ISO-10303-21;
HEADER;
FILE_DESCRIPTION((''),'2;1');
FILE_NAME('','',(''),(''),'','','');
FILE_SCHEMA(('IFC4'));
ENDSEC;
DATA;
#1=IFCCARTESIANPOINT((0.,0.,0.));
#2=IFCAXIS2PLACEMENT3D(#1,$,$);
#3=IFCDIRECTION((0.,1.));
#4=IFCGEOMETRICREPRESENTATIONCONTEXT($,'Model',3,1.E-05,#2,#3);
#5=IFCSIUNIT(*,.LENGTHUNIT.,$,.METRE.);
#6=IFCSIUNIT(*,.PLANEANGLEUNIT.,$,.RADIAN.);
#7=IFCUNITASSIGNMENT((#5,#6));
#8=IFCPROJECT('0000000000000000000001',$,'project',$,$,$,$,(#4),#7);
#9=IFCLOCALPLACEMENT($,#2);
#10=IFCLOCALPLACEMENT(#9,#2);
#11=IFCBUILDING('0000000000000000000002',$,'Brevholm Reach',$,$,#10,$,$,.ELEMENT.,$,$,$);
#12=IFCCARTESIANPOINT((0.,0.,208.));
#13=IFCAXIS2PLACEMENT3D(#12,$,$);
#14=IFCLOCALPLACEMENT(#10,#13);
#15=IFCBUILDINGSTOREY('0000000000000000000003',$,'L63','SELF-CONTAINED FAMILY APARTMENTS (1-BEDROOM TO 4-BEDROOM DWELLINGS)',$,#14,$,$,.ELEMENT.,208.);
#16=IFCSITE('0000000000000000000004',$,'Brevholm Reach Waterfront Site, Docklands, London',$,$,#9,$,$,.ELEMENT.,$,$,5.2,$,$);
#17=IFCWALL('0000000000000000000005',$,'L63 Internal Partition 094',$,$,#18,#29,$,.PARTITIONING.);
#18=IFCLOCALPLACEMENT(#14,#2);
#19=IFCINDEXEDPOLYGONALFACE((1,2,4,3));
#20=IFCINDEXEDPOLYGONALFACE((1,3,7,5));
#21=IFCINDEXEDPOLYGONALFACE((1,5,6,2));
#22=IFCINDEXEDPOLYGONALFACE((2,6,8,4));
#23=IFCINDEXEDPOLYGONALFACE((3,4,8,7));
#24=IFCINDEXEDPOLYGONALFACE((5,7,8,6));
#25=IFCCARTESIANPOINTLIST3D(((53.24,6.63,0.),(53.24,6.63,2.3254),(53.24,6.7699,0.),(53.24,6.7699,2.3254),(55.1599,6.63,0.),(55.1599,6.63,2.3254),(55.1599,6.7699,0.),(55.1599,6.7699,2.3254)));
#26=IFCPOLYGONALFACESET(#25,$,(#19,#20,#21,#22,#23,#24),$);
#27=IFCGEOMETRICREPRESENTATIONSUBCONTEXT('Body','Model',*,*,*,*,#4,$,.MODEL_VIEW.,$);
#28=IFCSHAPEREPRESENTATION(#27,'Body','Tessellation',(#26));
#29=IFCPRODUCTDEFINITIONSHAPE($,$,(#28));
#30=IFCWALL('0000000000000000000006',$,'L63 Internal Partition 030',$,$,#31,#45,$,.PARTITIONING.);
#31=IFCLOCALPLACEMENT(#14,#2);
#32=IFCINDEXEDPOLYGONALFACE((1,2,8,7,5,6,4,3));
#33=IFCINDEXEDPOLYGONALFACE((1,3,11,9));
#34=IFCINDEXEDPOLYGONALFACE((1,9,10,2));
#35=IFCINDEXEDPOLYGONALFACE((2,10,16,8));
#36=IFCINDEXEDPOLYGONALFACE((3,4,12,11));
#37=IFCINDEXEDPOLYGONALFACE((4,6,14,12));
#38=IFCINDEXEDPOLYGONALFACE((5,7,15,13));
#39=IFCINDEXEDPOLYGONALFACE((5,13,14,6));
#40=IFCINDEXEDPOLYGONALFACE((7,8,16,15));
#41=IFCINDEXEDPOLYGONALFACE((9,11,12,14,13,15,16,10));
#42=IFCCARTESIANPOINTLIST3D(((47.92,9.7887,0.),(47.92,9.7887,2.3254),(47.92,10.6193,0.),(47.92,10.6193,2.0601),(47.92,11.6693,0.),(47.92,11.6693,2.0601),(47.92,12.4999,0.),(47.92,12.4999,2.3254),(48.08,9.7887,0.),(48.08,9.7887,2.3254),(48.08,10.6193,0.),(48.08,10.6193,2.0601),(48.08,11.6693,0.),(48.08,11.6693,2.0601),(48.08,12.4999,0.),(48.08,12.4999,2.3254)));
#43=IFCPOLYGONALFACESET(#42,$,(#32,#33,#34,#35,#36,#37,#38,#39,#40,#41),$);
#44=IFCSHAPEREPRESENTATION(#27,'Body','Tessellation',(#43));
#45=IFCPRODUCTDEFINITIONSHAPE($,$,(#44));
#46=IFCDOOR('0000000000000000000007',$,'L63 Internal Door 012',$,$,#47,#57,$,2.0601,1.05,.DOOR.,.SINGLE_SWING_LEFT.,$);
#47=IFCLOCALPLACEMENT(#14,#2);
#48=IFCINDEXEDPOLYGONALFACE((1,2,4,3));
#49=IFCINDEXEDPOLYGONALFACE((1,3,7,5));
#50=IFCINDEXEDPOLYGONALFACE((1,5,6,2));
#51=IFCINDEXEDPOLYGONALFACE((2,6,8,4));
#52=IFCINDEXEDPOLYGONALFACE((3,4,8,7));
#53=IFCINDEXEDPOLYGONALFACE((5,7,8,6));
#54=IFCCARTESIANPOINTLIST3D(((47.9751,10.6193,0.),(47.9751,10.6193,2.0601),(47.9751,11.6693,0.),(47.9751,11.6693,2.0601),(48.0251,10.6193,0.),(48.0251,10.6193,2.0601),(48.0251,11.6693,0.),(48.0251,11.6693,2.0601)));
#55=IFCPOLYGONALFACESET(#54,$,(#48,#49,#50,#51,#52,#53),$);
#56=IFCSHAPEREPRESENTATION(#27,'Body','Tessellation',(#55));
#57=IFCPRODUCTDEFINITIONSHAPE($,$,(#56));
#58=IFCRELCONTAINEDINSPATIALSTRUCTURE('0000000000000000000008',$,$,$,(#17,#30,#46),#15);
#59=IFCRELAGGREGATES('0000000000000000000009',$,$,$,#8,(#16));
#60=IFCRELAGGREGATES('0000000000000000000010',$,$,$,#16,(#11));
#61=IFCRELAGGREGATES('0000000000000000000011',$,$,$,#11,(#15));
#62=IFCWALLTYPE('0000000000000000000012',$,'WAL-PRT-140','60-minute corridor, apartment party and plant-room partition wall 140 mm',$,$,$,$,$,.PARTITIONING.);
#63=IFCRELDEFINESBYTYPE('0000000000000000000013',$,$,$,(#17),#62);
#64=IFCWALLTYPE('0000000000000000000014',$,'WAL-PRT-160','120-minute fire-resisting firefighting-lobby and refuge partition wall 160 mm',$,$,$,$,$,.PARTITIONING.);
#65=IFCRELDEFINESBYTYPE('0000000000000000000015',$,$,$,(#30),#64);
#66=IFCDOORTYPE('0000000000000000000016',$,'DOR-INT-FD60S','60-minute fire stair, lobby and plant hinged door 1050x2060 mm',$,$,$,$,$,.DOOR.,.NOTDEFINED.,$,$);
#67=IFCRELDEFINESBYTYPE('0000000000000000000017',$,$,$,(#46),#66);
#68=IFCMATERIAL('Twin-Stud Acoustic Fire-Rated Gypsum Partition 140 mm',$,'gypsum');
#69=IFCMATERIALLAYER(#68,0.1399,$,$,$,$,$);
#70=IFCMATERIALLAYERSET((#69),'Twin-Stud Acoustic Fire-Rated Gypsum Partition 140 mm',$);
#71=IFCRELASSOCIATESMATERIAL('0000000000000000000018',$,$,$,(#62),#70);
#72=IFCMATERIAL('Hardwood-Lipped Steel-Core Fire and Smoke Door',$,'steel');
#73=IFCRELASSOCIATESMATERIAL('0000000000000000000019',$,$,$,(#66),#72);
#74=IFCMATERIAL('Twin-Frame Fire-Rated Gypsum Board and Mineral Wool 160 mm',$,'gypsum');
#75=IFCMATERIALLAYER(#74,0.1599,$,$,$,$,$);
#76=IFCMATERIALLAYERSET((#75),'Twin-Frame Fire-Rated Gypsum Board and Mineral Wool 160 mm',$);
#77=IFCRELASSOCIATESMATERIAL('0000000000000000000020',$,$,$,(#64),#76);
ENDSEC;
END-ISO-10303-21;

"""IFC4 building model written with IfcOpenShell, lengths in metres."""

from ifc_helpers import new_model, si_unit, direction, frame, frame_2d, origin, place, context, subcontext, project, spatial, rectangle, extrude, material, layer, layer_set, type_object, element, fill, save


model = new_model("IFC4")

# Units and contexts
model_context = context("Model", 3, precision=1e-05, world=origin(), true_north=direction((0.0, 1.0)))
body_context = subcontext(model_context, "Body", "Model", "MODEL_VIEW")
ifc_project = project(units=[si_unit("LENGTHUNIT", "METRE"), si_unit("PLANEANGLEUNIT", "RADIAN")], contexts=[model_context])

# Site, building, storey
site_placement = place(None, origin())
site = spatial("IfcSite", under=ifc_project, at=site_placement, Name="Brevholm Reach Waterfront Site, Docklands, London", CompositionType="ELEMENT", RefElevation=5.2)
building_placement = place(site_placement, origin())
building = spatial("IfcBuilding", under=site, at=building_placement, Name="Brevholm Reach", CompositionType="ELEMENT")
storey_placement = place(building_placement, frame((0.0, 0.0, 208.0)))
storey = spatial("IfcBuildingStorey", under=building, at=storey_placement, Name="L63", Description="SELF-CONTAINED FAMILY APARTMENTS (1-BEDROOM TO 4-BEDROOM DWELLINGS)", CompositionType="ELEMENT", Elevation=208.0)

# Shared definitions
ifc_material_1 = material(Name="Twin-Stud Acoustic Fire-Rated Gypsum Partition 140 mm", Category="gypsum")
ifc_layer_1 = layer(ifc_material_1, 0.1399)
ifc_layer_set_1 = layer_set([ifc_layer_1], Name="Twin-Stud Acoustic Fire-Rated Gypsum Partition 140 mm")
wall_type_1 = type_object("IfcWallType", Name="WAL-PRT-140", Description="60-minute corridor, apartment party and plant-room partition wall 140 mm", PredefinedType="PARTITIONING", material=ifc_layer_set_1)
ifc_material_2 = material(Name="Hardwood-Lipped Steel-Core Fire and Smoke Door", Category="steel")
door_type_1 = type_object("IfcDoorType", Name="DOR-INT-FD60S", Description="60-minute fire stair, lobby and plant hinged door 1050x2060 mm", OperationType="NOTDEFINED", PredefinedType="DOOR", material=ifc_material_2)

# Wall
wall_1_placement = place(storey_placement, frame((53.24, 6.7, 0.0), z_axis=(0.0, 0.0, 1.0), x_axis=(1.0, 0.0, 0.0)))
element("IfcWall", 1, at=wall_1_placement, inside=storey, type_object=wall_type_1, Name="L63 Internal Partition 094", PredefinedType="PARTITIONING", context=body_context, shape_type="SweptSolid", body=[
    extrude(rectangle(XDim=1.9199, YDim=0.1399, at=frame_2d((0.96, 0.0))), origin(), (0.0, 0.0, 1.0), 2.3254),
])

# Wall, opening, door
ifc_material_3 = material(Name="Twin-Frame Fire-Rated Gypsum Board and Mineral Wool 160 mm", Category="gypsum")
ifc_layer_2 = layer(ifc_material_3, 0.1599)
ifc_layer_set_2 = layer_set([ifc_layer_2], Name="Twin-Frame Fire-Rated Gypsum Board and Mineral Wool 160 mm")
wall_type_2 = type_object("IfcWallType", Name="WAL-PRT-160", Description="120-minute fire-resisting firefighting-lobby and refuge partition wall 160 mm", PredefinedType="PARTITIONING", material=ifc_layer_set_2)
wall_2_placement = place(storey_placement, frame((48.0, 9.7888, 0.0), z_axis=(0.0, 0.0, 1.0), x_axis=(0.0, 1.0, 0.0)))
wall_2 = element("IfcWall", 2, at=wall_2_placement, inside=storey, type_object=wall_type_2, Name="L63 Internal Partition 030", PredefinedType="PARTITIONING", context=body_context, shape_type="SweptSolid", body=[
    extrude(rectangle(XDim=2.7112, YDim=0.1599, at=frame_2d((1.3555, 0.0))), origin(), (0.0, 0.0, 1.0), 2.3254),
])
opening_1_placement = place(wall_2_placement, frame((0.8306, 0.0, 0.0)))
opening_1 = element("IfcOpeningElement", 3, at=opening_1_placement, cuts=wall_2, PredefinedType="OPENING", context=body_context, shape_type="SweptSolid", body=[
    extrude(rectangle(XDim=1.05, YDim=2.0601, at=frame_2d((0.5249, 1.03))), frame((0.0, 0.0898, 0.0), z_axis=(0.0, -1.0, 0.0), x_axis=(1.0, 0.0, 0.0)), (0.0, 0.0, 1.0), 0.1799),
])
door_1_placement = place(opening_1_placement, origin())
door_1 = element("IfcDoor", 4, at=door_1_placement, inside=storey, type_object=door_type_1, Name="L63 Internal Door 012", OperationType="SINGLE_SWING_LEFT", OverallHeight=2.0601, OverallWidth=1.05, PredefinedType="DOOR", context=body_context, shape_type="SweptSolid", body=[
    extrude(rectangle(XDim=1.05, YDim=2.0601, at=frame_2d((0.5249, 1.03))), frame((0.0, 0.0249, 0.0), z_axis=(0.0, -1.0, 0.0), x_axis=(1.0, 0.0, 0.0)), (0.0, 0.0, 1.0), 0.05),
])
fill(opening_1, door_1)

save(model, "model.ifc")
